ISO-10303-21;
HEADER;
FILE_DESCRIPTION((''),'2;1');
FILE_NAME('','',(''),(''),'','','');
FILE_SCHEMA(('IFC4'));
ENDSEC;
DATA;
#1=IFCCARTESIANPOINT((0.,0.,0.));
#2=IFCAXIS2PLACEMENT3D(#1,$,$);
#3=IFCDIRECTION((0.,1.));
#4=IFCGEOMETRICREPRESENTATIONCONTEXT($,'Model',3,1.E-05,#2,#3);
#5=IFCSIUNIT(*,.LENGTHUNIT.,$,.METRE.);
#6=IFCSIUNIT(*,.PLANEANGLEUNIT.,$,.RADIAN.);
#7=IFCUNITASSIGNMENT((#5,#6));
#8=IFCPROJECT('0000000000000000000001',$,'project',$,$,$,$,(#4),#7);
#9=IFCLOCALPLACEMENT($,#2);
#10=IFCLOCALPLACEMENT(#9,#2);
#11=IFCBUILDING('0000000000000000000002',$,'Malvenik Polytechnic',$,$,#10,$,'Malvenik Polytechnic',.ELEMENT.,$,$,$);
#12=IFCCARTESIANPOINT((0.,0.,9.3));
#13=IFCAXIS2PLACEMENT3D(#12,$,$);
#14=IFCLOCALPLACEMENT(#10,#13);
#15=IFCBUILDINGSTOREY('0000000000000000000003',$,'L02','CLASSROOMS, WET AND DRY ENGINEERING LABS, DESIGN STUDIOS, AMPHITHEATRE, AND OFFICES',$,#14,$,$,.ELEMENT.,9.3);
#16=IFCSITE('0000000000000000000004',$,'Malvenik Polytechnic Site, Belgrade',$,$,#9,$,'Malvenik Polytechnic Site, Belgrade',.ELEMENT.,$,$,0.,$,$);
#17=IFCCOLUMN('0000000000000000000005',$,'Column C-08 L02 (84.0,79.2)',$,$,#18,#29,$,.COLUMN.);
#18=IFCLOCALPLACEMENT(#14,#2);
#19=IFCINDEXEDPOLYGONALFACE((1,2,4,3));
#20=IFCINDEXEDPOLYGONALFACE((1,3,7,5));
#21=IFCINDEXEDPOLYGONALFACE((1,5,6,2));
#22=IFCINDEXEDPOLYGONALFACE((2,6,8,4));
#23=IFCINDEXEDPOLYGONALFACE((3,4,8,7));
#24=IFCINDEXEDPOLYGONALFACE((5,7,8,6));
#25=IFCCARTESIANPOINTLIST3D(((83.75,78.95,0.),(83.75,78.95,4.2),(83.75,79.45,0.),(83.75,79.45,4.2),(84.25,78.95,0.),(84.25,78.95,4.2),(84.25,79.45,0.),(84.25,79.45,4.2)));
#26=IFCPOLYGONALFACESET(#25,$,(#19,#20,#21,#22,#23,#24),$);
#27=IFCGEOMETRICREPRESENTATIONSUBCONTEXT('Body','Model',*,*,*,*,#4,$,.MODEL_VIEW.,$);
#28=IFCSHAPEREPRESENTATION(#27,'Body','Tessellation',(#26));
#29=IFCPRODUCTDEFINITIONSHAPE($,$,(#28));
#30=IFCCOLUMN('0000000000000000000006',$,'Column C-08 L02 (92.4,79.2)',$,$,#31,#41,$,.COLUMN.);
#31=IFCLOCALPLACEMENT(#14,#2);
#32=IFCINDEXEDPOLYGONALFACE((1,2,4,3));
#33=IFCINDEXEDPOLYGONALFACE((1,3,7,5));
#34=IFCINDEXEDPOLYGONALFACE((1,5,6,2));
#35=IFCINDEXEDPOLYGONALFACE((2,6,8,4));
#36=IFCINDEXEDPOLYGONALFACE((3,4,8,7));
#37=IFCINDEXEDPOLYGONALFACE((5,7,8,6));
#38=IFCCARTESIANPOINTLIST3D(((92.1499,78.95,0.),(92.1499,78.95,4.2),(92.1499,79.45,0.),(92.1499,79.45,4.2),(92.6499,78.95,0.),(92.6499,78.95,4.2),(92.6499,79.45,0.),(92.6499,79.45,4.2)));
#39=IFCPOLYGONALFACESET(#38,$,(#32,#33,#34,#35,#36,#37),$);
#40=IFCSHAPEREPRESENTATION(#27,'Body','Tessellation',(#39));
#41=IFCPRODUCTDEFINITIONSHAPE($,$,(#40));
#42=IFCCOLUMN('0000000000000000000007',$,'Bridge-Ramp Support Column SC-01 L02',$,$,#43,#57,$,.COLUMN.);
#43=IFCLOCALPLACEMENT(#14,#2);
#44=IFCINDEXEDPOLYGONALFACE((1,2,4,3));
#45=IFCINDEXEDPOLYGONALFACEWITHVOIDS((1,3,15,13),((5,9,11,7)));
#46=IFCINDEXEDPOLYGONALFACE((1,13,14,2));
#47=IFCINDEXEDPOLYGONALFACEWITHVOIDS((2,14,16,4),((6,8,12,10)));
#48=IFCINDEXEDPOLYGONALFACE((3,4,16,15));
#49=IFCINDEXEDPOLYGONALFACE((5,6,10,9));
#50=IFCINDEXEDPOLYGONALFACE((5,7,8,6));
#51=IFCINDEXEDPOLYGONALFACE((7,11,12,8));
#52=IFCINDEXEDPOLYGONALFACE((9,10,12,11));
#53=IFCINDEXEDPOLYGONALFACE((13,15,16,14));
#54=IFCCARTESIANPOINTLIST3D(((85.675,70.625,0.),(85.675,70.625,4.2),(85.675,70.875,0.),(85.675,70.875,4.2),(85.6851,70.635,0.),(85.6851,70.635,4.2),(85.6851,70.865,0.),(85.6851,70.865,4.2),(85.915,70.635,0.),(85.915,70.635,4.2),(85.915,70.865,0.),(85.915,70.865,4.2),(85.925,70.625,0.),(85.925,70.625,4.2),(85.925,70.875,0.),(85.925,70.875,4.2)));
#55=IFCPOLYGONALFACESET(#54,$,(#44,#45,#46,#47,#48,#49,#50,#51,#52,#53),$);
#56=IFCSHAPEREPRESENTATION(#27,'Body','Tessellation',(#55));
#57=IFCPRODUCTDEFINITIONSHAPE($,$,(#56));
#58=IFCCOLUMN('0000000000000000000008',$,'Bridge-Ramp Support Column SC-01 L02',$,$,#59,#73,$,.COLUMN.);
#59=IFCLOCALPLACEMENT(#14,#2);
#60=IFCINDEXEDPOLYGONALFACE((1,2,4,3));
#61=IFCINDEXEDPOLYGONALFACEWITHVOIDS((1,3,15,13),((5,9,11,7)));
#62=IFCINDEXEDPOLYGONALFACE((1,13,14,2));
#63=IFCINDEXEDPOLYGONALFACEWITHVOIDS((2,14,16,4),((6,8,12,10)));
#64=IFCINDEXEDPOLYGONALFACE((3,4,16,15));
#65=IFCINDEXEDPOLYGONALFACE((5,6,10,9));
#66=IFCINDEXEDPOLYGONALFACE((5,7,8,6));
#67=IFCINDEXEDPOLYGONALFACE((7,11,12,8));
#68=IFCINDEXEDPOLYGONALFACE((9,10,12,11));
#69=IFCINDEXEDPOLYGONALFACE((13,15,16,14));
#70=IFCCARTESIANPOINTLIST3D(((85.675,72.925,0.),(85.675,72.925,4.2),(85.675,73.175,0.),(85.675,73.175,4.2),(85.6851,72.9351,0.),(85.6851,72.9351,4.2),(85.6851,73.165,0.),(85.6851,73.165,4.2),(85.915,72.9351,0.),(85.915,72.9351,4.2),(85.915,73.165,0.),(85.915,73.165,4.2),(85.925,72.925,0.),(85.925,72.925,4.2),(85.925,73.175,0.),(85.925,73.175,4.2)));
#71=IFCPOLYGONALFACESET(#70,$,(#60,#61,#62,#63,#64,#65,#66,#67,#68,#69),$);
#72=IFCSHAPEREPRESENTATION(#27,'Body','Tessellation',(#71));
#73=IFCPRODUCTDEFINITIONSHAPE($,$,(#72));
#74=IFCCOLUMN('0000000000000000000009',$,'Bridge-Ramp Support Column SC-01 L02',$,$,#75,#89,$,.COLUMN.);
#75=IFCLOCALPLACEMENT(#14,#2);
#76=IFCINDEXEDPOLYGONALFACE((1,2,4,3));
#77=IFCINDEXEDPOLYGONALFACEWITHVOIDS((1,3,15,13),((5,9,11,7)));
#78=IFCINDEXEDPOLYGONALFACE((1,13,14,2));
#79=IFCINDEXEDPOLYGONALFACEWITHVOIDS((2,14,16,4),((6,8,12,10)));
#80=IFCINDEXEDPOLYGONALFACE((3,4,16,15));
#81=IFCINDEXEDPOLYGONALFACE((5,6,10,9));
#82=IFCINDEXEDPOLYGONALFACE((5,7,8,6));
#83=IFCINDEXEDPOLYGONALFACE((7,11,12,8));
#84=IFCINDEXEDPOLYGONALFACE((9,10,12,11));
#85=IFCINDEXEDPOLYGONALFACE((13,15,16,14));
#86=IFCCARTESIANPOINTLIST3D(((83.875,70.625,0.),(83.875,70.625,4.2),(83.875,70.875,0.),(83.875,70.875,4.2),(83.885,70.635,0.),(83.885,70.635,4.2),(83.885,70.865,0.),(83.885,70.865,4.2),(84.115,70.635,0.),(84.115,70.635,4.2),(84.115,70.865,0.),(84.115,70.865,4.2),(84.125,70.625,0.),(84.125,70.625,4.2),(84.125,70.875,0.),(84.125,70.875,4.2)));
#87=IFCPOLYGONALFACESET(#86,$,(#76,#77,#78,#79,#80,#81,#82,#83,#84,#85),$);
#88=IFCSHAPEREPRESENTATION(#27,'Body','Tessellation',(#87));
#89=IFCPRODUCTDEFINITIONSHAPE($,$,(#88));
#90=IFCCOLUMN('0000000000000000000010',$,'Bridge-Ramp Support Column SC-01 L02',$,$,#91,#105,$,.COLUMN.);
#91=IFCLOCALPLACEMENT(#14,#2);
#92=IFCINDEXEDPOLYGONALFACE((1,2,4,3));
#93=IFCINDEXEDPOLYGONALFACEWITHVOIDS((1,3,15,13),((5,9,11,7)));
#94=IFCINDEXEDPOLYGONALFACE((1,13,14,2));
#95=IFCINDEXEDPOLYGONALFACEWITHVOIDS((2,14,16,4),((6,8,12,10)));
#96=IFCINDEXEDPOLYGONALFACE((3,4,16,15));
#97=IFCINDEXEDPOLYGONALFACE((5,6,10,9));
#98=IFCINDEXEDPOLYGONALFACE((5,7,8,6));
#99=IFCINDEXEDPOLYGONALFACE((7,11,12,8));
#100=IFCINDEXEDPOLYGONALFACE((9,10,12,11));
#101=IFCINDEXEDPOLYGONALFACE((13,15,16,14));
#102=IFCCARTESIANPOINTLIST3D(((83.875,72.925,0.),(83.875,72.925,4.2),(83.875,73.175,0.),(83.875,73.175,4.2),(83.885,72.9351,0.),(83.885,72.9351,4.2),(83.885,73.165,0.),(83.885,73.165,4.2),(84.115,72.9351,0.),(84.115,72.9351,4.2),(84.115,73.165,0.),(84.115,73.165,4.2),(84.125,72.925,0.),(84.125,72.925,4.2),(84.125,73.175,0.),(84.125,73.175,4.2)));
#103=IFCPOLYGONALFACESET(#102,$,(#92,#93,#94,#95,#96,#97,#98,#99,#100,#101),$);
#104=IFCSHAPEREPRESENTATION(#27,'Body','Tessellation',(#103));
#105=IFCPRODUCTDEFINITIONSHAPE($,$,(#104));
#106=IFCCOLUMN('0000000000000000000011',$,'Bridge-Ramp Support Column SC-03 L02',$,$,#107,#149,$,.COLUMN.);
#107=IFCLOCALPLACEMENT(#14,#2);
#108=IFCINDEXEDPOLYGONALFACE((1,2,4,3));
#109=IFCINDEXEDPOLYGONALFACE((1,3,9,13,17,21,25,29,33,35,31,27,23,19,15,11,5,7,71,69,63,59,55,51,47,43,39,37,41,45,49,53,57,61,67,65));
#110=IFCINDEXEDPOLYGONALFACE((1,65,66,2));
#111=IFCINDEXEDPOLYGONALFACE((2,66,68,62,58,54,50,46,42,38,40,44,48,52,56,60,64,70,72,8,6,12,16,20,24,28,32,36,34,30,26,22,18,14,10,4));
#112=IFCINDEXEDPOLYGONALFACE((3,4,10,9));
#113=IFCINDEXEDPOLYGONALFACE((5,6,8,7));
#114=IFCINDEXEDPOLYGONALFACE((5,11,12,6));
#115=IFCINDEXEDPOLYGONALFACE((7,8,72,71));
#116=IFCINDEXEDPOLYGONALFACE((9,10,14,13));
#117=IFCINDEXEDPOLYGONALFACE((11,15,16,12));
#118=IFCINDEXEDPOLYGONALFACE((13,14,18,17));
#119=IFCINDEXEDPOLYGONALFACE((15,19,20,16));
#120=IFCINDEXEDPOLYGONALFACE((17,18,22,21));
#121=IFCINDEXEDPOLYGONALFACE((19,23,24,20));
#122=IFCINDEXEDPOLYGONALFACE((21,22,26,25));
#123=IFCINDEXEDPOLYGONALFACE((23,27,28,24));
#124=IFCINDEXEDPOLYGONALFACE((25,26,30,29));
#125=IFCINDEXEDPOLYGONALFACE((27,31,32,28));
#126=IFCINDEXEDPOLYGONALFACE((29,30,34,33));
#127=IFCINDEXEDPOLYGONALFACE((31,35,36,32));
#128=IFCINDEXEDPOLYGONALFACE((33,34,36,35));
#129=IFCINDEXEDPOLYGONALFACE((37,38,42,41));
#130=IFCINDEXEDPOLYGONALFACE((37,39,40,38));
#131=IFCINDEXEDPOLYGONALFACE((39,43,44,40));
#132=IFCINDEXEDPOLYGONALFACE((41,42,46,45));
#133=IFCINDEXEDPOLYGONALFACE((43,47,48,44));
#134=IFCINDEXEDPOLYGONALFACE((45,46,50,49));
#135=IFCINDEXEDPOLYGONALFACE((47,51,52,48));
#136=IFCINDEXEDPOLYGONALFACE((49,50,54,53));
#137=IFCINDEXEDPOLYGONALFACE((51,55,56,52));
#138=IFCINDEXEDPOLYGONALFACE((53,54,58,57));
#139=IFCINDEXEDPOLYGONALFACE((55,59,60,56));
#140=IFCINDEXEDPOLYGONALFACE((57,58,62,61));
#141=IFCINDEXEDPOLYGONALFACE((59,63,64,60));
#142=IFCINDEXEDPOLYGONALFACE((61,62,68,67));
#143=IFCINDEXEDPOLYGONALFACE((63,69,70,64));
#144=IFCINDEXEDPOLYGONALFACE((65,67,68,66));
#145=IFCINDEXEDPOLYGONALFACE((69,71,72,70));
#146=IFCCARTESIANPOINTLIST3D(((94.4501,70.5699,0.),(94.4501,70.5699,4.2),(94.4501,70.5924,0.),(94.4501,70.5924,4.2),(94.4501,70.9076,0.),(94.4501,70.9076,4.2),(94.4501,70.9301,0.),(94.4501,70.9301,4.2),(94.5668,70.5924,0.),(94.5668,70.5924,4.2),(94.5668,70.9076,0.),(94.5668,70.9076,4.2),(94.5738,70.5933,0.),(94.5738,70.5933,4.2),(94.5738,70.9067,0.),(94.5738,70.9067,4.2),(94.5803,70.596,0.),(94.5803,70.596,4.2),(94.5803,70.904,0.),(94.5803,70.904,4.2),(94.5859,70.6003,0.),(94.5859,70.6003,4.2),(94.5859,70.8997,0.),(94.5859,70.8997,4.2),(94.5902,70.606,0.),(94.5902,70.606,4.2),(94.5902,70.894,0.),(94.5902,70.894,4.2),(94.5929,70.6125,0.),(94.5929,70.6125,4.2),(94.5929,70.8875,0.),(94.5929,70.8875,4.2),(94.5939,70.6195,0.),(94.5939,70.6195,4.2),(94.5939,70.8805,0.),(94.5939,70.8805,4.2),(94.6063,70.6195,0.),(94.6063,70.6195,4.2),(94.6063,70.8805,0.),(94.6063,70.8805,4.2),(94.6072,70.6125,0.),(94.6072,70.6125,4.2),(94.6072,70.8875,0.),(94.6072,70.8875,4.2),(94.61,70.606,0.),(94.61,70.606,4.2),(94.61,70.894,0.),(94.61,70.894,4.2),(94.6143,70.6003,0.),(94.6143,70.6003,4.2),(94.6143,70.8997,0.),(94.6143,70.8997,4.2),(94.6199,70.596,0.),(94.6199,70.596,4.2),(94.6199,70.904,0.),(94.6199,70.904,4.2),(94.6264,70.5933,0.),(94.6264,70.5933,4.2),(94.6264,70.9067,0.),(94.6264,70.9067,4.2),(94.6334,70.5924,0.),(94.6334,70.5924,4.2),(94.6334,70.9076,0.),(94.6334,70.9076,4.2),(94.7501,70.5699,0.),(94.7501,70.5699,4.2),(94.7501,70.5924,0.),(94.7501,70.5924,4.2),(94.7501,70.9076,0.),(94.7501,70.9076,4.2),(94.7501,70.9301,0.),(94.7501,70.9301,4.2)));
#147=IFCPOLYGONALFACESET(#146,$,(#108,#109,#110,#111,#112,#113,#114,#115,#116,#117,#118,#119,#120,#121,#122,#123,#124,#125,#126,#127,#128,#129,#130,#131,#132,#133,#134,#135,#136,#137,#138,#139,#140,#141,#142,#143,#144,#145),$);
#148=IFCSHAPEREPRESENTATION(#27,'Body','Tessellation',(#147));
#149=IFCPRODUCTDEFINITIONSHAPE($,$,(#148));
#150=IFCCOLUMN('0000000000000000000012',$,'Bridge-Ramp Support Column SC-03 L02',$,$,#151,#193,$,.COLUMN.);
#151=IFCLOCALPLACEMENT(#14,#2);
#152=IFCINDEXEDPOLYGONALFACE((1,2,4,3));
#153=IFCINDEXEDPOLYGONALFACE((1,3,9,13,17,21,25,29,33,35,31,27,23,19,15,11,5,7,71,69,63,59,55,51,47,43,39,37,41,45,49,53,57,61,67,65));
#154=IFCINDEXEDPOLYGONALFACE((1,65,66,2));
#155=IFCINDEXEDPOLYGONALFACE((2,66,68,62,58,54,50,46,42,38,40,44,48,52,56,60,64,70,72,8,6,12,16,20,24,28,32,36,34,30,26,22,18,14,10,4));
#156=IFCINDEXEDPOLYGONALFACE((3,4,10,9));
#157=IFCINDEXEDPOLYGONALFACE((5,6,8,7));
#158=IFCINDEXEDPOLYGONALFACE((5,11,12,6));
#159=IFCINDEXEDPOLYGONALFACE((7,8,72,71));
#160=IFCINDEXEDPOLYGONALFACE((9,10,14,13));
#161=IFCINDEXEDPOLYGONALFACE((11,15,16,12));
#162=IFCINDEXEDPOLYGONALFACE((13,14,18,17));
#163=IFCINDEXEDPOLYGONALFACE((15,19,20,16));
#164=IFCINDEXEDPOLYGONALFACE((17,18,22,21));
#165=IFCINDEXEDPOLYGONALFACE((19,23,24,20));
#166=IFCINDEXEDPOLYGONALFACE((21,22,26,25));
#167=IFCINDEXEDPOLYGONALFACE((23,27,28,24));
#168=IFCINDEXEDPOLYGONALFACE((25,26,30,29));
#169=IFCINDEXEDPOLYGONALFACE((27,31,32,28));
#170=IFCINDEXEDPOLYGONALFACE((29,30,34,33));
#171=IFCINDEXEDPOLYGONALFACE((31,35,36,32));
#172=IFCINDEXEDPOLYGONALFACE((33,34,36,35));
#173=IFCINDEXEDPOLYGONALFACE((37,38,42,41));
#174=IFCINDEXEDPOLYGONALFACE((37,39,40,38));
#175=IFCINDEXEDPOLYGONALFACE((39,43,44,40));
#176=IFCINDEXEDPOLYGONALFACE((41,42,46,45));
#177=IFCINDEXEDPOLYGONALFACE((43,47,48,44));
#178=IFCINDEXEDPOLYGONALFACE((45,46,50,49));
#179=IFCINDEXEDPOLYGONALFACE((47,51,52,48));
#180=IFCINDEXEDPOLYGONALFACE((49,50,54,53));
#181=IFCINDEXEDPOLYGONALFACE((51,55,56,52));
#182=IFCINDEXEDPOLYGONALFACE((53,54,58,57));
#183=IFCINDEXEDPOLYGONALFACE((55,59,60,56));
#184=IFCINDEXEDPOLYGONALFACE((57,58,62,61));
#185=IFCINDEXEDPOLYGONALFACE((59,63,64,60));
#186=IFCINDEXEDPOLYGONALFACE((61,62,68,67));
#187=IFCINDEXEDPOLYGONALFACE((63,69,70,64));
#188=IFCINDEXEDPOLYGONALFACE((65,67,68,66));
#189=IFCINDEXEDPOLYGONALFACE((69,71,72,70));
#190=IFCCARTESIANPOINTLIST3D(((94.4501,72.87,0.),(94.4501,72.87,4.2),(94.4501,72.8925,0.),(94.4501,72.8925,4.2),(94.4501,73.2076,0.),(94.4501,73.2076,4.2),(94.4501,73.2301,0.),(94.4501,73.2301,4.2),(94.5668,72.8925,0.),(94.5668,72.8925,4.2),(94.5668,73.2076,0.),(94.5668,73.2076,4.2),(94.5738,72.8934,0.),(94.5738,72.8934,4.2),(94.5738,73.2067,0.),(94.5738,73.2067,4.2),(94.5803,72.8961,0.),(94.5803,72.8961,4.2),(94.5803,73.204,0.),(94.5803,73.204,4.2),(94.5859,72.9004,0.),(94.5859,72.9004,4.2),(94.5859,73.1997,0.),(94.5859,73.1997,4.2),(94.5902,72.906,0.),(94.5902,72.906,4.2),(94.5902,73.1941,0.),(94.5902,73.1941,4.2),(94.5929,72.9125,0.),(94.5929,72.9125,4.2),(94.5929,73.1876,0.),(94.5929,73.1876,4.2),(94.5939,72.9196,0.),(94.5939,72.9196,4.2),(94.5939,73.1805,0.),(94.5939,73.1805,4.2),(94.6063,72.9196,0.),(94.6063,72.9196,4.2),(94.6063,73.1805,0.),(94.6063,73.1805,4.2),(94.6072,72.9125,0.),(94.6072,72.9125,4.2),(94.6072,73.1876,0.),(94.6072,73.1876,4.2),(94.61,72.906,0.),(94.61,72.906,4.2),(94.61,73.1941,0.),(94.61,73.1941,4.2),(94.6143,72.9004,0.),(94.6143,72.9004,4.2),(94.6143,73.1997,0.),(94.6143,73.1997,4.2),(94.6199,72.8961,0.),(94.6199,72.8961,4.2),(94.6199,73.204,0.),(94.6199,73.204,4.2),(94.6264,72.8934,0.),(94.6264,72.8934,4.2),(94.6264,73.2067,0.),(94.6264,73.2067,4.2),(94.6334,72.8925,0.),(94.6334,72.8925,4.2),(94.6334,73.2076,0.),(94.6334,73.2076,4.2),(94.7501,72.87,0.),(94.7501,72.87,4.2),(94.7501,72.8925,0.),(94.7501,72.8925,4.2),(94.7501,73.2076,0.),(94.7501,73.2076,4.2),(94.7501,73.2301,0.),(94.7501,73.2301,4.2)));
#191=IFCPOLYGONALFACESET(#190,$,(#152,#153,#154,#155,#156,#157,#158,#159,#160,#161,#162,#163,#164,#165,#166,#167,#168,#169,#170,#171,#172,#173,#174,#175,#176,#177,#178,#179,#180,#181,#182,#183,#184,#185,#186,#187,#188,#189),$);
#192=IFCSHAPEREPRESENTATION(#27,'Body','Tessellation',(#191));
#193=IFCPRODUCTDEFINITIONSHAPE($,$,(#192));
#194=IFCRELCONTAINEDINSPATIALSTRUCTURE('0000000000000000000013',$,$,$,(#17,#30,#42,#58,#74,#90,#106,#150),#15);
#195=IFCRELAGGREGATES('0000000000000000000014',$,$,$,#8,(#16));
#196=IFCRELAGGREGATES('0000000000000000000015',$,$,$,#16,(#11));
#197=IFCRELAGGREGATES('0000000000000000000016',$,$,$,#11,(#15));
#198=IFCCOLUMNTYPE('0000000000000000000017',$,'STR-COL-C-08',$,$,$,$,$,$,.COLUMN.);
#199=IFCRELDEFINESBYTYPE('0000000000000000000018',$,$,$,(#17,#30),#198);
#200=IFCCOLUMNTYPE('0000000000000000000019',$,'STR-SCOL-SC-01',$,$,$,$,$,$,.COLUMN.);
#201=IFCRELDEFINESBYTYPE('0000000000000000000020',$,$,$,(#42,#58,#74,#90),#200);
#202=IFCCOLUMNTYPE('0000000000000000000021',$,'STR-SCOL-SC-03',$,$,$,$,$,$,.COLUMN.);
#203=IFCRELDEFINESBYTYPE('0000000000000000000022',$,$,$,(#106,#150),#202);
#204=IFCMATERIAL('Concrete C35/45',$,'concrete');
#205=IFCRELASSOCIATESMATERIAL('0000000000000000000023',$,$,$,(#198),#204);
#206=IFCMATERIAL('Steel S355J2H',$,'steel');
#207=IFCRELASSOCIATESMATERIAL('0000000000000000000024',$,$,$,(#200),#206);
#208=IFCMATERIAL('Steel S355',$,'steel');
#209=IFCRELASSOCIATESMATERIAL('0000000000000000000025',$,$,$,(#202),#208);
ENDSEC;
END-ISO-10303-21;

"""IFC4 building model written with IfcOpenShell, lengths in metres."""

from ifc_helpers import new_model, si_unit, direction, frame, origin, origin_2d, place, context, subcontext, project, spatial, rectangle, hollow_rectangle, i_section, extrude, material, material_profile, profile_set, type_object, element, save


model = new_model("IFC4")

# Units and contexts
model_context = context("Model", 3, precision=1e-05, world=origin(), true_north=direction((0.0, 1.0)))
body_context = subcontext(model_context, "Body", "Model", "MODEL_VIEW")
ifc_project = project(units=[si_unit("LENGTHUNIT", "METRE"), si_unit("PLANEANGLEUNIT", "RADIAN")], contexts=[model_context])

# Site, building, storey
site_placement = place(None, origin())
site = spatial("IfcSite", under=ifc_project, at=site_placement, Name="Malvenik Polytechnic Site, Belgrade", LongName="Malvenik Polytechnic Site, Belgrade", CompositionType="ELEMENT", RefElevation=0.0)
building_placement = place(site_placement, origin())
building = spatial("IfcBuilding", under=site, at=building_placement, Name="Malvenik Polytechnic", LongName="Malvenik Polytechnic", CompositionType="ELEMENT")
storey_placement = place(building_placement, frame((0.0, 0.0, 9.3)))
storey = spatial("IfcBuildingStorey", under=building, at=storey_placement, Name="L02", Description="CLASSROOMS, WET AND DRY ENGINEERING LABS, DESIGN STUDIOS, AMPHITHEATRE, AND OFFICES", CompositionType="ELEMENT", Elevation=9.3)

# Columns
ifc_material_1 = material(Name="Concrete C35/45", Category="concrete")
ifc_material_profile_1 = material_profile(ifc_material_1, rectangle(XDim=0.5, YDim=0.5, at=origin_2d()), Name="RC COL 500x500")
ifc_profile_set_1 = profile_set([ifc_material_profile_1], Name="Concrete C35/45")
column_type_1 = type_object("IfcColumnType", Name="STR-COL-C-08", PredefinedType="COLUMN", material=ifc_profile_set_1)
for number, where, z_axis, x_axis, name in (
    (1, (84.0, 79.2, 0.0), (0.0, 0.0, 1.0), (1.0, 0.0, 0.0), "Column C-08 L02 (84.0,79.2)"),
    (2, (92.3999, 79.2, 0.0), (0.0, 0.0, 1.0), (1.0, 0.0, 0.0), "Column C-08 L02 (92.4,79.2)"),
):
    element("IfcColumn", number, at=place(storey_placement, frame(where, z_axis=z_axis, x_axis=x_axis)), inside=storey, type_object=column_type_1, Name=name, PredefinedType="COLUMN", context=body_context, shape_type="SweptSolid", body=[
        extrude(rectangle(XDim=0.5, YDim=0.5, at=origin_2d()), origin(), (0.0, 0.0, 1.0), 4.2),
    ])
ifc_material_2 = material(Name="Steel S355J2H", Category="steel")
ifc_material_profile_2 = material_profile(ifc_material_2, hollow_rectangle(XDim=0.25, YDim=0.25, WallThickness=0.01, at=origin_2d()), Name="SHS 250x250x10.0")
ifc_profile_set_2 = profile_set([ifc_material_profile_2], Name="Steel S355J2H")
column_type_2 = type_object("IfcColumnType", Name="STR-SCOL-SC-01", PredefinedType="COLUMN", material=ifc_profile_set_2)
for number, where, z_axis, x_axis, name in (
    (3, (85.8, 70.75, 0.0), (0.0, 0.0, 1.0), (1.0, 0.0, 0.0), "Bridge-Ramp Support Column SC-01 L02"),
    (4, (85.8, 73.05, 0.0), (0.0, 0.0, 1.0), (1.0, 0.0, 0.0), "Bridge-Ramp Support Column SC-01 L02"),
    (5, (84.0, 70.75, 0.0), (0.0, 0.0, 1.0), (1.0, 0.0, 0.0), "Bridge-Ramp Support Column SC-01 L02"),
    (6, (84.0, 73.05, 0.0), (0.0, 0.0, 1.0), (1.0, 0.0, 0.0), "Bridge-Ramp Support Column SC-01 L02"),
):
    element("IfcColumn", number, at=place(storey_placement, frame(where, z_axis=z_axis, x_axis=x_axis)), inside=storey, type_object=column_type_2, Name=name, PredefinedType="COLUMN", context=body_context, shape_type="SweptSolid", body=[
        extrude(hollow_rectangle(XDim=0.25, YDim=0.25, WallThickness=0.01, at=origin_2d()), origin(), (0.0, 0.0, 1.0), 4.2),
    ])
ifc_material_3 = material(Name="Steel S355", Category="steel")
ifc_material_profile_3 = material_profile(ifc_material_3, i_section(OverallWidth=0.3, OverallDepth=0.3601, WebThickness=0.0125, FlangeThickness=0.0225, FilletRadius=0.0271, at=origin_2d()), Name="HEB 360")
ifc_profile_set_3 = profile_set([ifc_material_profile_3], Name="Steel S355")
column_type_3 = type_object("IfcColumnType", Name="STR-SCOL-SC-03", PredefinedType="COLUMN", material=ifc_profile_set_3)
for number, where, z_axis, x_axis, name in (
    (7, (94.6001, 70.75, 0.0), (0.0, 0.0, 1.0), (1.0, 0.0, 0.0), "Bridge-Ramp Support Column SC-03 L02"),
    (8, (94.6001, 73.05, 0.0), (0.0, 0.0, 1.0), (1.0, 0.0, 0.0), "Bridge-Ramp Support Column SC-03 L02"),
):
    element("IfcColumn", number, at=place(storey_placement, frame(where, z_axis=z_axis, x_axis=x_axis)), inside=storey, type_object=column_type_3, Name=name, PredefinedType="COLUMN", context=body_context, shape_type="SweptSolid", body=[
        extrude(i_section(OverallWidth=0.3, OverallDepth=0.3601, WebThickness=0.0125, FlangeThickness=0.0225, FilletRadius=0.0271, at=origin_2d()), origin(), (0.0, 0.0, 1.0), 4.2),
    ])

save(model, "model.ifc")
